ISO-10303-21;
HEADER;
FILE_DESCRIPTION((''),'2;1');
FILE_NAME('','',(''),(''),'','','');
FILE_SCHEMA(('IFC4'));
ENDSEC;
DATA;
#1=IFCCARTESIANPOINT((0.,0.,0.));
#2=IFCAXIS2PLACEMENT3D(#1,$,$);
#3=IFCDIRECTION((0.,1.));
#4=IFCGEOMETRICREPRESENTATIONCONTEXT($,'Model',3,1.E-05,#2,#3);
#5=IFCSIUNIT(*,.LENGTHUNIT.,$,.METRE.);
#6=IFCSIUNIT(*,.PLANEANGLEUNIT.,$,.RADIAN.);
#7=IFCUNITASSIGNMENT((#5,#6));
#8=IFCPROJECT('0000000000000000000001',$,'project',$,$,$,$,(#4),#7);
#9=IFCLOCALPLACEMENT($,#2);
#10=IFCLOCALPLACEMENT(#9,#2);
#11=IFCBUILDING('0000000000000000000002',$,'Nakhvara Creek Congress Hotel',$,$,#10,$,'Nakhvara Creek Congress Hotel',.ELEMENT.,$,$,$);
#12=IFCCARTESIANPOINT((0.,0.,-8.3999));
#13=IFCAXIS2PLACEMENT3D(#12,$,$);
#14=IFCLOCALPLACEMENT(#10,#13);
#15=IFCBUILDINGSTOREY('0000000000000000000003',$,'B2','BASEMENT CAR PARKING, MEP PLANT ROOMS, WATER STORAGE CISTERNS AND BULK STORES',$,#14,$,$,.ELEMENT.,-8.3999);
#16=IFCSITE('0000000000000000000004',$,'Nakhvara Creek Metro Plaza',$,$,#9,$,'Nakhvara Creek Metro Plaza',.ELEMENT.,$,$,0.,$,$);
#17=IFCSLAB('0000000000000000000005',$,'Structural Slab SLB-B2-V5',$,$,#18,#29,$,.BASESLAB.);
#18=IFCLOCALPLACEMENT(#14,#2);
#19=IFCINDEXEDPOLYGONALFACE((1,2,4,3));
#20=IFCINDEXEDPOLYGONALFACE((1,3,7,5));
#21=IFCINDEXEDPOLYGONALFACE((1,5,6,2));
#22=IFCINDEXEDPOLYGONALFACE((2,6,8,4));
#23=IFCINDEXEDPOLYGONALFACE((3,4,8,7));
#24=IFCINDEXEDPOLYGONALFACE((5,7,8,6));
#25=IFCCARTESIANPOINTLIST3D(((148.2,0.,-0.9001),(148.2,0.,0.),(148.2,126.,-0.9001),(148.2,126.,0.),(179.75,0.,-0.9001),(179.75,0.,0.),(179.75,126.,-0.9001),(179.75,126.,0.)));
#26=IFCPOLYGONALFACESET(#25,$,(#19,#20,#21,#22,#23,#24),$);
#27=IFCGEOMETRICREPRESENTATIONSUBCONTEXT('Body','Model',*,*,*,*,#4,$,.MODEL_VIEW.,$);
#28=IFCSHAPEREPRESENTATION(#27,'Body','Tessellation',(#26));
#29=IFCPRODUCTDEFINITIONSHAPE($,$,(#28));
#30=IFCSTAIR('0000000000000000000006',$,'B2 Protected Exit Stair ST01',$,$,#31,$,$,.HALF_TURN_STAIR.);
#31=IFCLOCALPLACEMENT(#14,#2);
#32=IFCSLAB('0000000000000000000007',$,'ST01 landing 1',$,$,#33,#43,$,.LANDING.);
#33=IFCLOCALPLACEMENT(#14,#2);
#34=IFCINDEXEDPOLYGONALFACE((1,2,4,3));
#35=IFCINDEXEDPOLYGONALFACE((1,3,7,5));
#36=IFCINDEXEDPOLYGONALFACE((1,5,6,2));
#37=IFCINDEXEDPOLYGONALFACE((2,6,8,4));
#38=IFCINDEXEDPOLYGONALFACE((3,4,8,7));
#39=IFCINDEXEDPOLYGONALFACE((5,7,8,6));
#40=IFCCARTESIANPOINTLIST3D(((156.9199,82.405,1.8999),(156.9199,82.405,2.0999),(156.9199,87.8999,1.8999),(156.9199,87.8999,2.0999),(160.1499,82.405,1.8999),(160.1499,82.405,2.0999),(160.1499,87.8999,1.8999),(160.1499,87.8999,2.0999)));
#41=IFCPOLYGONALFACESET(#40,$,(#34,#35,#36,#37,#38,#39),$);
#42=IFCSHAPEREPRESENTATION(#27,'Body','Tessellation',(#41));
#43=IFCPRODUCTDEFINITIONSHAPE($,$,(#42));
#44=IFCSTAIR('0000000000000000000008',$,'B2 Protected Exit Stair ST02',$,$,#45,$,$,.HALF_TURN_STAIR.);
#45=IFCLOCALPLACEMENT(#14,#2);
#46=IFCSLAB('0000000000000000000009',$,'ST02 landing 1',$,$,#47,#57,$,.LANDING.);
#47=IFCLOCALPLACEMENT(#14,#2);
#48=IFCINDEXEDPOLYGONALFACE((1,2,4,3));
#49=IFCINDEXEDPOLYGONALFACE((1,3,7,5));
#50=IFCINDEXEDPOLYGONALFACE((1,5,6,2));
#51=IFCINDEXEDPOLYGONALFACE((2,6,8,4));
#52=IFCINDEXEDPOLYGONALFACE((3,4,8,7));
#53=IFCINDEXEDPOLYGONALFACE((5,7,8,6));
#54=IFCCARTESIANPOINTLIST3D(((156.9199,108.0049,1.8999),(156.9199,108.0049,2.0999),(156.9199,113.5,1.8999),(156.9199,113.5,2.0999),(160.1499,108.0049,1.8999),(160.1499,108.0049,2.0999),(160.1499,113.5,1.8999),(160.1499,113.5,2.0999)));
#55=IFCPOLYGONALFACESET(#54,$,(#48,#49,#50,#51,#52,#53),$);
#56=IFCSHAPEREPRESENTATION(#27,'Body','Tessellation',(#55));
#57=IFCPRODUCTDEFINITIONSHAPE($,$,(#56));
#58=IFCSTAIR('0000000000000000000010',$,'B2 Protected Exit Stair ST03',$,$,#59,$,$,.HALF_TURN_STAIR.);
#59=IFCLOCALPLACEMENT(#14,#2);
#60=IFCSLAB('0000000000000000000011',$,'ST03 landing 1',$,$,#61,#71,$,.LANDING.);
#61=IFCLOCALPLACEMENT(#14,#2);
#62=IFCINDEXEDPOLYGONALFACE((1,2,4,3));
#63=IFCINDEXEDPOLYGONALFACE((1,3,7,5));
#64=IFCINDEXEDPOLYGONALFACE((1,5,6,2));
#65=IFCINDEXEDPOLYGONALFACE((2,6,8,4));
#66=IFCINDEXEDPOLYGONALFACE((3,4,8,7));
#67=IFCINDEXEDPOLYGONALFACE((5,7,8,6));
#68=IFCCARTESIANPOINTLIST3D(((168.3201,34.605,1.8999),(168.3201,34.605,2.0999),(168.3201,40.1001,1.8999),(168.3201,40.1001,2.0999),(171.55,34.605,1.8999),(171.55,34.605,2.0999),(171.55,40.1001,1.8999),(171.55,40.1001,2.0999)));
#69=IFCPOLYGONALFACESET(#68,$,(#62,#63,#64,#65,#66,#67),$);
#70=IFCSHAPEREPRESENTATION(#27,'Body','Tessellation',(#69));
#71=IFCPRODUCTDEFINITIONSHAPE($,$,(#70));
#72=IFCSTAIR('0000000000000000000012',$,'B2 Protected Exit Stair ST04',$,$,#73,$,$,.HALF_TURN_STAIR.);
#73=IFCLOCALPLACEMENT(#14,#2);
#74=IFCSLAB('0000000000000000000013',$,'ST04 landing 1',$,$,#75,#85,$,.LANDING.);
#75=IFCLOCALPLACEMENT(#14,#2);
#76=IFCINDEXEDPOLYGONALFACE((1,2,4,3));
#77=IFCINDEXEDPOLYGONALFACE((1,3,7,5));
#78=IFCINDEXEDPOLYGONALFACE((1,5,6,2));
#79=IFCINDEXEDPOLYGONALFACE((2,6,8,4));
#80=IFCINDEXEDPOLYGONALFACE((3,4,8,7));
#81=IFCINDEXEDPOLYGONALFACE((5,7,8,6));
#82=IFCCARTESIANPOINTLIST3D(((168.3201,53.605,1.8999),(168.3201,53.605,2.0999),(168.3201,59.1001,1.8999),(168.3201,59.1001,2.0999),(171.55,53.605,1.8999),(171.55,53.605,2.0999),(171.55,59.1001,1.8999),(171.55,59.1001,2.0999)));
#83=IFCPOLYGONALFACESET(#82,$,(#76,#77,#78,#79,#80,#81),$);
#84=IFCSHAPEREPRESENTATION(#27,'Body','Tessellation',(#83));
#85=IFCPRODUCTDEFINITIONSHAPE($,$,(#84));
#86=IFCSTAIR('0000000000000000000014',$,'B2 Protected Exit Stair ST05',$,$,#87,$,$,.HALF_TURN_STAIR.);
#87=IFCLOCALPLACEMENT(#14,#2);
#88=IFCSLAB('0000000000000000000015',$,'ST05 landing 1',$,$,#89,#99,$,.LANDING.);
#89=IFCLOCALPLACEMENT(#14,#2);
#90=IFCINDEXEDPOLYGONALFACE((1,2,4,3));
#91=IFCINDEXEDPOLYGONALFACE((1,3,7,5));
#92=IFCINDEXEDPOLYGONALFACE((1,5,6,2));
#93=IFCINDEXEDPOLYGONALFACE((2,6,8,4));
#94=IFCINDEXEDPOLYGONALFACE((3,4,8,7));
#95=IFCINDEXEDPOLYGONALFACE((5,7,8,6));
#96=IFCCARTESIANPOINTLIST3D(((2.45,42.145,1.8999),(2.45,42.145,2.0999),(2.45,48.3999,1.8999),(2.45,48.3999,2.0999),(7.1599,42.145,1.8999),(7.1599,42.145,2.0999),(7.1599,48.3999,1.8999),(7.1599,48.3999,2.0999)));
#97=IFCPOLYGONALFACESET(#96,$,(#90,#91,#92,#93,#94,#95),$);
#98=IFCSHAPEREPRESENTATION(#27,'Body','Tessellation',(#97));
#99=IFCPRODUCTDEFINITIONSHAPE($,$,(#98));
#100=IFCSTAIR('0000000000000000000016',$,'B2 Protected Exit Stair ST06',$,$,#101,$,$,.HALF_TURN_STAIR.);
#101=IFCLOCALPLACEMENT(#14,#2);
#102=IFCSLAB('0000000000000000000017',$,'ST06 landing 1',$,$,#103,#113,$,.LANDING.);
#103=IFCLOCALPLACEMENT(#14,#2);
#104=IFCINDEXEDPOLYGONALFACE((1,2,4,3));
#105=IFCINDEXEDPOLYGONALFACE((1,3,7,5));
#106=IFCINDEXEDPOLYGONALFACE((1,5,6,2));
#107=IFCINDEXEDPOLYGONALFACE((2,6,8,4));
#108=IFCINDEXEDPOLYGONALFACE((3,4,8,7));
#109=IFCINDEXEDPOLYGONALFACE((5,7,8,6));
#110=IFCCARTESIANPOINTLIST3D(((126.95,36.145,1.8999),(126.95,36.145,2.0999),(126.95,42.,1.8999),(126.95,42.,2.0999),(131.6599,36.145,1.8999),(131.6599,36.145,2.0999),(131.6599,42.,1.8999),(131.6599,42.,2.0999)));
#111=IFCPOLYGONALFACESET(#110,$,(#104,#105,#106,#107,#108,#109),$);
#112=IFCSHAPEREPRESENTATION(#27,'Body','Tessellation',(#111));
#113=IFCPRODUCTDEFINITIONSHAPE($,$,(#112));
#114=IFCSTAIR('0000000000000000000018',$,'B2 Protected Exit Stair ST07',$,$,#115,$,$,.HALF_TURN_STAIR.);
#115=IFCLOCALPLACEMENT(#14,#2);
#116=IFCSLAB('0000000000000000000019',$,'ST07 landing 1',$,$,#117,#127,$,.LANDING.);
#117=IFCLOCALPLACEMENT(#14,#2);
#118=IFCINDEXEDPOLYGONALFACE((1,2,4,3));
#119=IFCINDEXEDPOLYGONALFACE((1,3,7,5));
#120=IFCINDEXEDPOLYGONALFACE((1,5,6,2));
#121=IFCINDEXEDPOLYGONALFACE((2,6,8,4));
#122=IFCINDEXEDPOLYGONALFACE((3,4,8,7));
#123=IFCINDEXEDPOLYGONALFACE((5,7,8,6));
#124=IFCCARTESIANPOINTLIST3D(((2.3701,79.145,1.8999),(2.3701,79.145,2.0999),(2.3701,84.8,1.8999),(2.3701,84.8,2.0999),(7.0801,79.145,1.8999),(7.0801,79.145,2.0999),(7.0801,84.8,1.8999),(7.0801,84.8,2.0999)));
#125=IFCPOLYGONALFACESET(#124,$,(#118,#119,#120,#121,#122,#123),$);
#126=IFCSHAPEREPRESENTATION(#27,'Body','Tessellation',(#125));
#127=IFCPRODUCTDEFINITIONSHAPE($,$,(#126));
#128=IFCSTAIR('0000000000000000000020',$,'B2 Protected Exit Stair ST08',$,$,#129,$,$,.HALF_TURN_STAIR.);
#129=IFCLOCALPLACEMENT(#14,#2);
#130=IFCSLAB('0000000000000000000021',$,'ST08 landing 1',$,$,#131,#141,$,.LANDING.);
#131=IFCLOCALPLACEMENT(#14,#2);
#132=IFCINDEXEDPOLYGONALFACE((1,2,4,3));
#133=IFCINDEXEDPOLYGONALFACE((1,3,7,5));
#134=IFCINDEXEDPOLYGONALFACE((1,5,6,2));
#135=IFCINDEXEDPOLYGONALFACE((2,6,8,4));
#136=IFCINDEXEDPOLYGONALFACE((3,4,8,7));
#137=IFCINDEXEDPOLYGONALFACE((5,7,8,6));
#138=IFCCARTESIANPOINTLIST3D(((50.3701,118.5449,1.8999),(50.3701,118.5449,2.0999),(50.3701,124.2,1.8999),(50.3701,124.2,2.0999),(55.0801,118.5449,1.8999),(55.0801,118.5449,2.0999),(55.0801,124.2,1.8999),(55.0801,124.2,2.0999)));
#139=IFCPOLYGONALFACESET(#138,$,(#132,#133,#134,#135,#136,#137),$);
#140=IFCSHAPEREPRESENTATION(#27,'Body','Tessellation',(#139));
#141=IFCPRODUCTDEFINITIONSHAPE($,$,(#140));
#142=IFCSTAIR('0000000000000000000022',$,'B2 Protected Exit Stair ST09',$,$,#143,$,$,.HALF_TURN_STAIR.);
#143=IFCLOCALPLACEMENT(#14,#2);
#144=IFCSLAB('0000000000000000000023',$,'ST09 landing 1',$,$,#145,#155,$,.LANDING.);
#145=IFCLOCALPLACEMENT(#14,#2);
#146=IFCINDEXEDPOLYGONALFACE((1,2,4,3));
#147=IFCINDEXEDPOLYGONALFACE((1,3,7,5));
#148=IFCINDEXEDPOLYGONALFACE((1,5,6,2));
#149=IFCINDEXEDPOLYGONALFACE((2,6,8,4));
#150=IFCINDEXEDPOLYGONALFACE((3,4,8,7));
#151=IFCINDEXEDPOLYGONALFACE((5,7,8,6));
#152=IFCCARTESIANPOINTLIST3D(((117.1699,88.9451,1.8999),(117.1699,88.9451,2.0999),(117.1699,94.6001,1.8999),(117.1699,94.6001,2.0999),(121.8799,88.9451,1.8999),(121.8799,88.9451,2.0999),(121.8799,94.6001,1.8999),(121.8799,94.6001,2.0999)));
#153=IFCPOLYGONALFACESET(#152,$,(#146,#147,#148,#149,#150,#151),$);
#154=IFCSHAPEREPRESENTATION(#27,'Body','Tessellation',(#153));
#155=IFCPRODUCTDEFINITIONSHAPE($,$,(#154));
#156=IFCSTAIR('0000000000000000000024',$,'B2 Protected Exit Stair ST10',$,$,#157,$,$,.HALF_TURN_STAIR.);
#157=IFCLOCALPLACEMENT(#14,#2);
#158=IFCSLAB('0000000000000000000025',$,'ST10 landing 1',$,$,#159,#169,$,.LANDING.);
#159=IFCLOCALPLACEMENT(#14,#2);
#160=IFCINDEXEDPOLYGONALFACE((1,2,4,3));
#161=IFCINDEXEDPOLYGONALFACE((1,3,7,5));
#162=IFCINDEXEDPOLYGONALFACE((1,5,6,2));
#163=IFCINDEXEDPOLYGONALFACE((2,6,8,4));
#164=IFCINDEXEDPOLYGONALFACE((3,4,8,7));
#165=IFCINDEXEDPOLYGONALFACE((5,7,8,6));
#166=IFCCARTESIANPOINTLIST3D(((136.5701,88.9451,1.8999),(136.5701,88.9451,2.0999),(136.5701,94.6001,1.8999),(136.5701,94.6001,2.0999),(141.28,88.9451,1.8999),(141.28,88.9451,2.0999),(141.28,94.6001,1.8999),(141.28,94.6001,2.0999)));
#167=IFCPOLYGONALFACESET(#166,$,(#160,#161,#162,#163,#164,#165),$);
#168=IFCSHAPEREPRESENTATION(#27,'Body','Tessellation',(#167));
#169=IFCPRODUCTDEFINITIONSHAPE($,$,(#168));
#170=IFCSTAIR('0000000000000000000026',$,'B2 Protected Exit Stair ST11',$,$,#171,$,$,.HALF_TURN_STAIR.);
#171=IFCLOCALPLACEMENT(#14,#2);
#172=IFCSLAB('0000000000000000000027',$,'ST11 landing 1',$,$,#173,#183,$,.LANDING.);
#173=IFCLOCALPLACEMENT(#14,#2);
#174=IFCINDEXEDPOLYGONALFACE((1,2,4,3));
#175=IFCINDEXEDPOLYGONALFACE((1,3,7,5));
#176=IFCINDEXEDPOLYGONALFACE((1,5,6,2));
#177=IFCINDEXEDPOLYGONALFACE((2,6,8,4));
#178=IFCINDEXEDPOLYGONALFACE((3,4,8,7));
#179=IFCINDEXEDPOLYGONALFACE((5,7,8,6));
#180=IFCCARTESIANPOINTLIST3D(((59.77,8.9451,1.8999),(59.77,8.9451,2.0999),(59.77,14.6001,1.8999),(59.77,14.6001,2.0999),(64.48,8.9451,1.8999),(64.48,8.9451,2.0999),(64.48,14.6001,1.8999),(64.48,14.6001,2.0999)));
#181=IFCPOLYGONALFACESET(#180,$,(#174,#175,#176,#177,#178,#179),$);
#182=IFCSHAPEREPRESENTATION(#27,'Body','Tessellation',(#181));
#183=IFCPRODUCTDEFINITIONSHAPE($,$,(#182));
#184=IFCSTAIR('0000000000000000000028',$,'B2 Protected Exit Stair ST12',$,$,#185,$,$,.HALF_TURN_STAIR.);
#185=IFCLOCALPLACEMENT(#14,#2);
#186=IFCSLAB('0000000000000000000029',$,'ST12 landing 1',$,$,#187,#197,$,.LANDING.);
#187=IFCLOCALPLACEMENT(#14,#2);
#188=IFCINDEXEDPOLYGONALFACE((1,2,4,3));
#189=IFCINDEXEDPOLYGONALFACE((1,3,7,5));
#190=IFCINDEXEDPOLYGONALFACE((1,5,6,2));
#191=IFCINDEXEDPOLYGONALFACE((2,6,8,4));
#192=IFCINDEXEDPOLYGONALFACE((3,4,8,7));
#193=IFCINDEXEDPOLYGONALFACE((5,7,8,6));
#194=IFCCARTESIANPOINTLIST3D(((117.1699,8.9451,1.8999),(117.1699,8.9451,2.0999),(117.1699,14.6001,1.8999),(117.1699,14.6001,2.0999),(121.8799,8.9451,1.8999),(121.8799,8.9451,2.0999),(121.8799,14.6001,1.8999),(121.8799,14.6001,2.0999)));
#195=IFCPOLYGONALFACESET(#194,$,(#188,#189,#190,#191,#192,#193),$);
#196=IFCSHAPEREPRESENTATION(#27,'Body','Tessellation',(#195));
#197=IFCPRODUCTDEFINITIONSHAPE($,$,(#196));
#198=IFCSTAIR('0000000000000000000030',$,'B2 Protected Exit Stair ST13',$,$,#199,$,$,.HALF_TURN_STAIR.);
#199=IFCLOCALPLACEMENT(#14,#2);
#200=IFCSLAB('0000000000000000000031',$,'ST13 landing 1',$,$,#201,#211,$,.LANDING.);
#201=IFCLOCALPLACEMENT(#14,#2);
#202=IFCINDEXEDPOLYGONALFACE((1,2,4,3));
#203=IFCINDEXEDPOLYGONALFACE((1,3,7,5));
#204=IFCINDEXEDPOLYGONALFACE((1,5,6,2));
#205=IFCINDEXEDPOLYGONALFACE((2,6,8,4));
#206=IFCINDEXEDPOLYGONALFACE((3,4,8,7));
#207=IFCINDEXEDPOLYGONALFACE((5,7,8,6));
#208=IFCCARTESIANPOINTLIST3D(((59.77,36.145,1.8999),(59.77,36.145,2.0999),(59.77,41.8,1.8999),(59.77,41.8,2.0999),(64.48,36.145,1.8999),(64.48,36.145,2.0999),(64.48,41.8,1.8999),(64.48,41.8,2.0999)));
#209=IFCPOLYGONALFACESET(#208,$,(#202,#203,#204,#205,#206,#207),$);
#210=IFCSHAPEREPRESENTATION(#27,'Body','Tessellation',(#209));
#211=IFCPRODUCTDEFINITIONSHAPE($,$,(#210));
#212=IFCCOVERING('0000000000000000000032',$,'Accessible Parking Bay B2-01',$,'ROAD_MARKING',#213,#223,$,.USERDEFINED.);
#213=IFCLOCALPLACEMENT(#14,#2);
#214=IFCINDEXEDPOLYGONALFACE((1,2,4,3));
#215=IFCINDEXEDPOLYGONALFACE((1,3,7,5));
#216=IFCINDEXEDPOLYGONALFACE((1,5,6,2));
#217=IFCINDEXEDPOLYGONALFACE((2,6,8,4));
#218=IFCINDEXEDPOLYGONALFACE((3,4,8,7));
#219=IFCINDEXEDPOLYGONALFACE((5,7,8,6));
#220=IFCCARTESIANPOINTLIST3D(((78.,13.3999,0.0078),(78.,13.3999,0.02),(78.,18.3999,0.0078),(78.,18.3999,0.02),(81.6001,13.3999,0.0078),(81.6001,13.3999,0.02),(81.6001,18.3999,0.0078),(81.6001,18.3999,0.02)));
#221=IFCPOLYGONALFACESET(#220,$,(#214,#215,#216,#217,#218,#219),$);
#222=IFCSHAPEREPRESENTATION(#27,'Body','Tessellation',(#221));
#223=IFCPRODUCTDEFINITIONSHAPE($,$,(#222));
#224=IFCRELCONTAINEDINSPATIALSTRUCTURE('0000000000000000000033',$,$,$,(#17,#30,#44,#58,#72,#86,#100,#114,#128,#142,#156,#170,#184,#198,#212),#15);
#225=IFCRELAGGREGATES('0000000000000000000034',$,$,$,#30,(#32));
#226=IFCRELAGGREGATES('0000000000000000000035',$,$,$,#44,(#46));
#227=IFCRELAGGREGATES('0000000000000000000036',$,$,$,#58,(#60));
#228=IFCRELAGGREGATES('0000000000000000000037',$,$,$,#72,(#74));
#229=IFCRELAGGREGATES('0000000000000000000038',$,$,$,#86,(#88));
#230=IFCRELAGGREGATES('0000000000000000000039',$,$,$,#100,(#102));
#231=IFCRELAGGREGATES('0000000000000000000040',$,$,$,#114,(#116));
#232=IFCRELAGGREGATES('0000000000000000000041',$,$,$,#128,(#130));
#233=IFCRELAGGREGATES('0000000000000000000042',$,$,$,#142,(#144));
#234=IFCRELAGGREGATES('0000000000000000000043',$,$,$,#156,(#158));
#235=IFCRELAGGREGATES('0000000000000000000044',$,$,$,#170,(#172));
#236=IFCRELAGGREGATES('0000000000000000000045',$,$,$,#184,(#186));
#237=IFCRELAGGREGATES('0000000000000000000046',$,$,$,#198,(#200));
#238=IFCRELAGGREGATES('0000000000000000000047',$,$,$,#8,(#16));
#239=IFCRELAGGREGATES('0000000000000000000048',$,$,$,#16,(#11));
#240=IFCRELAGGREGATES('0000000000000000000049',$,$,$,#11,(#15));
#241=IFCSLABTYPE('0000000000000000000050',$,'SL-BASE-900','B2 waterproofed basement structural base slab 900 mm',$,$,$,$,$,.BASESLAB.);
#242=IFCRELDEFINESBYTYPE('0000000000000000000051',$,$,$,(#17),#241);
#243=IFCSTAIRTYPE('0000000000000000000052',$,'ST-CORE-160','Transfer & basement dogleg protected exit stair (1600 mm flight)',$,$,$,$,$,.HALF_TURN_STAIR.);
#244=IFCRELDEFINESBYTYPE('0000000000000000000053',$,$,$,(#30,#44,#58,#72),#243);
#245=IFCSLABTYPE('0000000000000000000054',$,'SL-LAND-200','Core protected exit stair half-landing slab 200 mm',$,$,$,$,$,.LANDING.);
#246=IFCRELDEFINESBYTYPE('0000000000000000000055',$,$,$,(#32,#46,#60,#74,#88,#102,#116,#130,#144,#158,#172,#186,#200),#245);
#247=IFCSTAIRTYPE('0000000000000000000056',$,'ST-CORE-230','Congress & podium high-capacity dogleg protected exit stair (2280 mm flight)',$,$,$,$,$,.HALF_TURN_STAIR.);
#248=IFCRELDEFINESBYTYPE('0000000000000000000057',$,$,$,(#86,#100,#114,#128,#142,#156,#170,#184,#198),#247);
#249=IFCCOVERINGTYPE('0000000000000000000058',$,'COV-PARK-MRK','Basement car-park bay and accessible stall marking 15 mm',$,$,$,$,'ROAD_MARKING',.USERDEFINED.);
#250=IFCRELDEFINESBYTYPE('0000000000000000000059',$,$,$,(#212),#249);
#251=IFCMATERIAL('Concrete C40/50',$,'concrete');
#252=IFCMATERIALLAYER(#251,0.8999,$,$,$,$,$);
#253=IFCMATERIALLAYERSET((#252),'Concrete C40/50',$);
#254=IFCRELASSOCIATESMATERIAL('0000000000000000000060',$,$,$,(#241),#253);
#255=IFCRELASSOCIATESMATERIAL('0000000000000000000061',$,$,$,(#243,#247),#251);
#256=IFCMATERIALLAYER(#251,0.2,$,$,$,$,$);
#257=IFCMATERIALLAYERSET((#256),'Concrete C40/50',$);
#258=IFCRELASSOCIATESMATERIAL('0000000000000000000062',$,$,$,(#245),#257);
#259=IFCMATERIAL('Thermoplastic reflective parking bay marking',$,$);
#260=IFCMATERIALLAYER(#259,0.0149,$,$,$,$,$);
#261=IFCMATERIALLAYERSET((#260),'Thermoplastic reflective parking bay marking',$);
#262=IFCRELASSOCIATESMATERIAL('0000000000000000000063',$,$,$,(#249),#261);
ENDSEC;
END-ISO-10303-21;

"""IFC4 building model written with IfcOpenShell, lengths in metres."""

from ifc_helpers import new_model, si_unit, direction, frame, origin, place, context, subcontext, project, spatial, polyline, outline, extrude, material, layer, layer_set, type_object, element, aggregate, save


model = new_model("IFC4")

# Units and contexts
model_context = context("Model", 3, precision=1e-05, world=origin(), true_north=direction((0.0, 1.0)))
body_context = subcontext(model_context, "Body", "Model", "MODEL_VIEW")
ifc_project = project(units=[si_unit("LENGTHUNIT", "METRE"), si_unit("PLANEANGLEUNIT", "RADIAN")], contexts=[model_context])

# Site, building, storey
site_placement = place(None, origin())
site = spatial("IfcSite", under=ifc_project, at=site_placement, Name="Nakhvara Creek Metro Plaza", LongName="Nakhvara Creek Metro Plaza", CompositionType="ELEMENT", RefElevation=0.0)
building_placement = place(site_placement, origin())
building = spatial("IfcBuilding", under=site, at=building_placement, Name="Nakhvara Creek Congress Hotel", LongName="Nakhvara Creek Congress Hotel", CompositionType="ELEMENT")
storey_placement = place(building_placement, frame((0.0, 0.0, -8.3999)))
storey = spatial("IfcBuildingStorey", under=building, at=storey_placement, Name="B2", Description="BASEMENT CAR PARKING, MEP PLANT ROOMS, WATER STORAGE CISTERNS AND BULK STORES", CompositionType="ELEMENT", Elevation=-8.3999)

# Shared definitions
ifc_material_1 = material(Name="Concrete C40/50", Category="concrete")

# Slab
ifc_layer_1 = layer(ifc_material_1, 0.8999)
ifc_layer_set_1 = layer_set([ifc_layer_1], Name="Concrete C40/50")
slab_type_1 = type_object("IfcSlabType", Name="SL-BASE-900", Description="B2 waterproofed basement structural base slab 900 mm", PredefinedType="BASESLAB", material=ifc_layer_set_1)
slab_1_placement = place(storey_placement, frame((0.0, 0.0, -0.9001)))
element("IfcSlab", 1, at=slab_1_placement, inside=storey, type_object=slab_type_1, Name="Structural Slab SLB-B2-V5", PredefinedType="BASESLAB", context=body_context, shape_type="SweptSolid", body=[
    extrude(outline(polyline([(148.2, 0.0), (179.75, 0.0), (179.75, 126.0), (148.2, 126.0), (148.2, 0.0)])), origin(), (0.0, 0.0, 1.0), 0.9001),
])

# Stairs, slabs
stair_type_1 = type_object("IfcStairType", Name="ST-CORE-160", Description="Transfer & basement dogleg protected exit stair (1600 mm flight)", PredefinedType="HALF_TURN_STAIR", material=ifc_material_1)
stair_1_placement = place(storey_placement, origin())
stair_1 = element("IfcStair", 2, at=stair_1_placement, inside=storey, type_object=stair_type_1, Name="B2 Protected Exit Stair ST01", PredefinedType="HALF_TURN_STAIR")
ifc_layer_2 = layer(ifc_material_1, 0.2)
ifc_layer_set_2 = layer_set([ifc_layer_2], Name="Concrete C40/50")
slab_type_2 = type_object("IfcSlabType", Name="SL-LAND-200", Description="Core protected exit stair half-landing slab 200 mm", PredefinedType="LANDING", material=ifc_layer_set_2)
slab_2_placement = place(storey_placement, frame((0.0, 0.0, 1.8999)))
slab_2 = element("IfcSlab", 3, at=slab_2_placement, type_object=slab_type_2, Name="ST01 landing 1", PredefinedType="LANDING", context=body_context, shape_type="SweptSolid", body=[
    extrude(outline(polyline([(160.1499, 82.405), (160.1499, 87.8999), (156.9199, 87.8999), (156.9199, 82.405), (160.1499, 82.405)])), origin(), (0.0, 0.0, 1.0), 0.2),
])
aggregate(stair_1, [slab_2])
stair_2_placement = place(storey_placement, origin())
stair_2 = element("IfcStair", 4, at=stair_2_placement, inside=storey, type_object=stair_type_1, Name="B2 Protected Exit Stair ST02", PredefinedType="HALF_TURN_STAIR")
slab_3_placement = place(storey_placement, frame((0.0, 0.0, 1.8999)))
slab_3 = element("IfcSlab", 5, at=slab_3_placement, type_object=slab_type_2, Name="ST02 landing 1", PredefinedType="LANDING", context=body_context, shape_type="SweptSolid", body=[
    extrude(outline(polyline([(160.1499, 108.0049), (160.1499, 113.5), (156.9199, 113.5), (156.9199, 108.0049), (160.1499, 108.0049)])), origin(), (0.0, 0.0, 1.0), 0.2),
])
aggregate(stair_2, [slab_3])
stair_3_placement = place(storey_placement, origin())
stair_3 = element("IfcStair", 6, at=stair_3_placement, inside=storey, type_object=stair_type_1, Name="B2 Protected Exit Stair ST03", PredefinedType="HALF_TURN_STAIR")
slab_4_placement = place(storey_placement, frame((0.0, 0.0, 1.8999)))
slab_4 = element("IfcSlab", 7, at=slab_4_placement, type_object=slab_type_2, Name="ST03 landing 1", PredefinedType="LANDING", context=body_context, shape_type="SweptSolid", body=[
    extrude(outline(polyline([(171.55, 34.605), (171.55, 40.1001), (168.3201, 40.1001), (168.3201, 34.605), (171.55, 34.605)])), origin(), (0.0, 0.0, 1.0), 0.2),
])
aggregate(stair_3, [slab_4])
stair_4_placement = place(storey_placement, origin())
stair_4 = element("IfcStair", 8, at=stair_4_placement, inside=storey, type_object=stair_type_1, Name="B2 Protected Exit Stair ST04", PredefinedType="HALF_TURN_STAIR")
slab_5_placement = place(storey_placement, frame((0.0, 0.0, 1.8999)))
slab_5 = element("IfcSlab", 9, at=slab_5_placement, type_object=slab_type_2, Name="ST04 landing 1", PredefinedType="LANDING", context=body_context, shape_type="SweptSolid", body=[
    extrude(outline(polyline([(171.55, 53.605), (171.55, 59.1001), (168.3201, 59.1001), (168.3201, 53.605), (171.55, 53.605)])), origin(), (0.0, 0.0, 1.0), 0.2),
])
aggregate(stair_4, [slab_5])
stair_type_2 = type_object("IfcStairType", Name="ST-CORE-230", Description="Congress & podium high-capacity dogleg protected exit stair (2280 mm flight)", PredefinedType="HALF_TURN_STAIR", material=ifc_material_1)
stair_5_placement = place(storey_placement, origin())
stair_5 = element("IfcStair", 10, at=stair_5_placement, inside=storey, type_object=stair_type_2, Name="B2 Protected Exit Stair ST05", PredefinedType="HALF_TURN_STAIR")
slab_6_placement = place(storey_placement, frame((0.0, 0.0, 1.8999)))
slab_6 = element("IfcSlab", 11, at=slab_6_placement, type_object=slab_type_2, Name="ST05 landing 1", PredefinedType="LANDING", context=body_context, shape_type="SweptSolid", body=[
    extrude(outline(polyline([(7.1599, 42.145), (7.1599, 48.3999), (2.45, 48.3999), (2.45, 42.145), (7.1599, 42.145)])), origin(), (0.0, 0.0, 1.0), 0.2),
])
aggregate(stair_5, [slab_6])
stair_6_placement = place(storey_placement, origin())
stair_6 = element("IfcStair", 12, at=stair_6_placement, inside=storey, type_object=stair_type_2, Name="B2 Protected Exit Stair ST06", PredefinedType="HALF_TURN_STAIR")
slab_7_placement = place(storey_placement, frame((0.0, 0.0, 1.8999)))
slab_7 = element("IfcSlab", 13, at=slab_7_placement, type_object=slab_type_2, Name="ST06 landing 1", PredefinedType="LANDING", context=body_context, shape_type="SweptSolid", body=[
    extrude(outline(polyline([(131.6599, 36.145), (131.6599, 42.0), (126.95, 42.0), (126.95, 36.145), (131.6599, 36.145)])), origin(), (0.0, 0.0, 1.0), 0.2),
])
aggregate(stair_6, [slab_7])
stair_7_placement = place(storey_placement, origin())
stair_7 = element("IfcStair", 14, at=stair_7_placement, inside=storey, type_object=stair_type_2, Name="B2 Protected Exit Stair ST07", PredefinedType="HALF_TURN_STAIR")
slab_8_placement = place(storey_placement, frame((0.0, 0.0, 1.8999)))
slab_8 = element("IfcSlab", 15, at=slab_8_placement, type_object=slab_type_2, Name="ST07 landing 1", PredefinedType="LANDING", context=body_context, shape_type="SweptSolid", body=[
    extrude(outline(polyline([(7.0801, 79.145), (7.0801, 84.8), (2.3701, 84.8), (2.3701, 79.145), (7.0801, 79.145)])), origin(), (0.0, 0.0, 1.0), 0.2),
])
aggregate(stair_7, [slab_8])
stair_8_placement = place(storey_placement, origin())
stair_8 = element("IfcStair", 16, at=stair_8_placement, inside=storey, type_object=stair_type_2, Name="B2 Protected Exit Stair ST08", PredefinedType="HALF_TURN_STAIR")
slab_9_placement = place(storey_placement, frame((0.0, 0.0, 1.8999)))
slab_9 = element("IfcSlab", 17, at=slab_9_placement, type_object=slab_type_2, Name="ST08 landing 1", PredefinedType="LANDING", context=body_context, shape_type="SweptSolid", body=[
    extrude(outline(polyline([(55.0801, 118.5449), (55.0801, 124.2), (50.3701, 124.2), (50.3701, 118.5449), (55.0801, 118.5449)])), origin(), (0.0, 0.0, 1.0), 0.2),
])
aggregate(stair_8, [slab_9])
stair_9_placement = place(storey_placement, origin())
stair_9 = element("IfcStair", 18, at=stair_9_placement, inside=storey, type_object=stair_type_2, Name="B2 Protected Exit Stair ST09", PredefinedType="HALF_TURN_STAIR")
slab_10_placement = place(storey_placement, frame((0.0, 0.0, 1.8999)))
slab_10 = element("IfcSlab", 19, at=slab_10_placement, type_object=slab_type_2, Name="ST09 landing 1", PredefinedType="LANDING", context=body_context, shape_type="SweptSolid", body=[
    extrude(outline(polyline([(121.8799, 88.9451), (121.8799, 94.6001), (117.1699, 94.6001), (117.1699, 88.9451), (121.8799, 88.9451)])), origin(), (0.0, 0.0, 1.0), 0.2),
])
aggregate(stair_9, [slab_10])
stair_10_placement = place(storey_placement, origin())
stair_10 = element("IfcStair", 20, at=stair_10_placement, inside=storey, type_object=stair_type_2, Name="B2 Protected Exit Stair ST10", PredefinedType="HALF_TURN_STAIR")
slab_11_placement = place(storey_placement, frame((0.0, 0.0, 1.8999)))
slab_11 = element("IfcSlab", 21, at=slab_11_placement, type_object=slab_type_2, Name="ST10 landing 1", PredefinedType="LANDING", context=body_context, shape_type="SweptSolid", body=[
    extrude(outline(polyline([(141.28, 88.9451), (141.28, 94.6001), (136.5701, 94.6001), (136.5701, 88.9451), (141.28, 88.9451)])), origin(), (0.0, 0.0, 1.0), 0.2),
])
aggregate(stair_10, [slab_11])
stair_11_placement = place(storey_placement, origin())
stair_11 = element("IfcStair", 22, at=stair_11_placement, inside=storey, type_object=stair_type_2, Name="B2 Protected Exit Stair ST11", PredefinedType="HALF_TURN_STAIR")
slab_12_placement = place(storey_placement, frame((0.0, 0.0, 1.8999)))
slab_12 = element("IfcSlab", 23, at=slab_12_placement, type_object=slab_type_2, Name="ST11 landing 1", PredefinedType="LANDING", context=body_context, shape_type="SweptSolid", body=[
    extrude(outline(polyline([(64.48, 8.9451), (64.48, 14.6001), (59.77, 14.6001), (59.77, 8.9451), (64.48, 8.9451)])), origin(), (0.0, 0.0, 1.0), 0.2),
])
aggregate(stair_11, [slab_12])
stair_12_placement = place(storey_placement, origin())
stair_12 = element("IfcStair", 24, at=stair_12_placement, inside=storey, type_object=stair_type_2, Name="B2 Protected Exit Stair ST12", PredefinedType="HALF_TURN_STAIR")
slab_13_placement = place(storey_placement, frame((0.0, 0.0, 1.8999)))
slab_13 = element("IfcSlab", 25, at=slab_13_placement, type_object=slab_type_2, Name="ST12 landing 1", PredefinedType="LANDING", context=body_context, shape_type="SweptSolid", body=[
    extrude(outline(polyline([(121.8799, 8.9451), (121.8799, 14.6001), (117.1699, 14.6001), (117.1699, 8.9451), (121.8799, 8.9451)])), origin(), (0.0, 0.0, 1.0), 0.2),
])
aggregate(stair_12, [slab_13])
stair_13_placement = place(storey_placement, origin())
stair_13 = element("IfcStair", 26, at=stair_13_placement, inside=storey, type_object=stair_type_2, Name="B2 Protected Exit Stair ST13", PredefinedType="HALF_TURN_STAIR")
slab_14_placement = place(storey_placement, frame((0.0, 0.0, 1.8999)))
slab_14 = element("IfcSlab", 27, at=slab_14_placement, type_object=slab_type_2, Name="ST13 landing 1", PredefinedType="LANDING", context=body_context, shape_type="SweptSolid", body=[
    extrude(outline(polyline([(64.48, 36.145), (64.48, 41.8), (59.77, 41.8), (59.77, 36.145), (64.48, 36.145)])), origin(), (0.0, 0.0, 1.0), 0.2),
])
aggregate(stair_13, [slab_14])

# Covering
ifc_material_2 = material(Name="Thermoplastic reflective parking bay marking")
ifc_layer_3 = layer(ifc_material_2, 0.0149)
ifc_layer_set_3 = layer_set([ifc_layer_3], Name="Thermoplastic reflective parking bay marking")
covering_type = type_object("IfcCoveringType", Name="COV-PARK-MRK", Description="Basement car-park bay and accessible stall marking 15 mm", ElementType="ROAD_MARKING", PredefinedType="USERDEFINED", material=ifc_layer_set_3)
covering_1_placement = place(storey_placement, frame((0.0, 0.0, 0.0078)))
element("IfcCovering", 28, at=covering_1_placement, inside=storey, type_object=covering_type, Name="Accessible Parking Bay B2-01", ObjectType="ROAD_MARKING", PredefinedType="USERDEFINED", context=body_context, shape_type="SweptSolid", body=[
    extrude(outline(polyline([(78.0, 13.3999), (81.6001, 13.3999), (81.6001, 18.3999), (78.0, 18.3999), (78.0, 13.3999)])), origin(), (0.0, 0.0, 1.0), 0.0122),
])

save(model, "model.ifc")
